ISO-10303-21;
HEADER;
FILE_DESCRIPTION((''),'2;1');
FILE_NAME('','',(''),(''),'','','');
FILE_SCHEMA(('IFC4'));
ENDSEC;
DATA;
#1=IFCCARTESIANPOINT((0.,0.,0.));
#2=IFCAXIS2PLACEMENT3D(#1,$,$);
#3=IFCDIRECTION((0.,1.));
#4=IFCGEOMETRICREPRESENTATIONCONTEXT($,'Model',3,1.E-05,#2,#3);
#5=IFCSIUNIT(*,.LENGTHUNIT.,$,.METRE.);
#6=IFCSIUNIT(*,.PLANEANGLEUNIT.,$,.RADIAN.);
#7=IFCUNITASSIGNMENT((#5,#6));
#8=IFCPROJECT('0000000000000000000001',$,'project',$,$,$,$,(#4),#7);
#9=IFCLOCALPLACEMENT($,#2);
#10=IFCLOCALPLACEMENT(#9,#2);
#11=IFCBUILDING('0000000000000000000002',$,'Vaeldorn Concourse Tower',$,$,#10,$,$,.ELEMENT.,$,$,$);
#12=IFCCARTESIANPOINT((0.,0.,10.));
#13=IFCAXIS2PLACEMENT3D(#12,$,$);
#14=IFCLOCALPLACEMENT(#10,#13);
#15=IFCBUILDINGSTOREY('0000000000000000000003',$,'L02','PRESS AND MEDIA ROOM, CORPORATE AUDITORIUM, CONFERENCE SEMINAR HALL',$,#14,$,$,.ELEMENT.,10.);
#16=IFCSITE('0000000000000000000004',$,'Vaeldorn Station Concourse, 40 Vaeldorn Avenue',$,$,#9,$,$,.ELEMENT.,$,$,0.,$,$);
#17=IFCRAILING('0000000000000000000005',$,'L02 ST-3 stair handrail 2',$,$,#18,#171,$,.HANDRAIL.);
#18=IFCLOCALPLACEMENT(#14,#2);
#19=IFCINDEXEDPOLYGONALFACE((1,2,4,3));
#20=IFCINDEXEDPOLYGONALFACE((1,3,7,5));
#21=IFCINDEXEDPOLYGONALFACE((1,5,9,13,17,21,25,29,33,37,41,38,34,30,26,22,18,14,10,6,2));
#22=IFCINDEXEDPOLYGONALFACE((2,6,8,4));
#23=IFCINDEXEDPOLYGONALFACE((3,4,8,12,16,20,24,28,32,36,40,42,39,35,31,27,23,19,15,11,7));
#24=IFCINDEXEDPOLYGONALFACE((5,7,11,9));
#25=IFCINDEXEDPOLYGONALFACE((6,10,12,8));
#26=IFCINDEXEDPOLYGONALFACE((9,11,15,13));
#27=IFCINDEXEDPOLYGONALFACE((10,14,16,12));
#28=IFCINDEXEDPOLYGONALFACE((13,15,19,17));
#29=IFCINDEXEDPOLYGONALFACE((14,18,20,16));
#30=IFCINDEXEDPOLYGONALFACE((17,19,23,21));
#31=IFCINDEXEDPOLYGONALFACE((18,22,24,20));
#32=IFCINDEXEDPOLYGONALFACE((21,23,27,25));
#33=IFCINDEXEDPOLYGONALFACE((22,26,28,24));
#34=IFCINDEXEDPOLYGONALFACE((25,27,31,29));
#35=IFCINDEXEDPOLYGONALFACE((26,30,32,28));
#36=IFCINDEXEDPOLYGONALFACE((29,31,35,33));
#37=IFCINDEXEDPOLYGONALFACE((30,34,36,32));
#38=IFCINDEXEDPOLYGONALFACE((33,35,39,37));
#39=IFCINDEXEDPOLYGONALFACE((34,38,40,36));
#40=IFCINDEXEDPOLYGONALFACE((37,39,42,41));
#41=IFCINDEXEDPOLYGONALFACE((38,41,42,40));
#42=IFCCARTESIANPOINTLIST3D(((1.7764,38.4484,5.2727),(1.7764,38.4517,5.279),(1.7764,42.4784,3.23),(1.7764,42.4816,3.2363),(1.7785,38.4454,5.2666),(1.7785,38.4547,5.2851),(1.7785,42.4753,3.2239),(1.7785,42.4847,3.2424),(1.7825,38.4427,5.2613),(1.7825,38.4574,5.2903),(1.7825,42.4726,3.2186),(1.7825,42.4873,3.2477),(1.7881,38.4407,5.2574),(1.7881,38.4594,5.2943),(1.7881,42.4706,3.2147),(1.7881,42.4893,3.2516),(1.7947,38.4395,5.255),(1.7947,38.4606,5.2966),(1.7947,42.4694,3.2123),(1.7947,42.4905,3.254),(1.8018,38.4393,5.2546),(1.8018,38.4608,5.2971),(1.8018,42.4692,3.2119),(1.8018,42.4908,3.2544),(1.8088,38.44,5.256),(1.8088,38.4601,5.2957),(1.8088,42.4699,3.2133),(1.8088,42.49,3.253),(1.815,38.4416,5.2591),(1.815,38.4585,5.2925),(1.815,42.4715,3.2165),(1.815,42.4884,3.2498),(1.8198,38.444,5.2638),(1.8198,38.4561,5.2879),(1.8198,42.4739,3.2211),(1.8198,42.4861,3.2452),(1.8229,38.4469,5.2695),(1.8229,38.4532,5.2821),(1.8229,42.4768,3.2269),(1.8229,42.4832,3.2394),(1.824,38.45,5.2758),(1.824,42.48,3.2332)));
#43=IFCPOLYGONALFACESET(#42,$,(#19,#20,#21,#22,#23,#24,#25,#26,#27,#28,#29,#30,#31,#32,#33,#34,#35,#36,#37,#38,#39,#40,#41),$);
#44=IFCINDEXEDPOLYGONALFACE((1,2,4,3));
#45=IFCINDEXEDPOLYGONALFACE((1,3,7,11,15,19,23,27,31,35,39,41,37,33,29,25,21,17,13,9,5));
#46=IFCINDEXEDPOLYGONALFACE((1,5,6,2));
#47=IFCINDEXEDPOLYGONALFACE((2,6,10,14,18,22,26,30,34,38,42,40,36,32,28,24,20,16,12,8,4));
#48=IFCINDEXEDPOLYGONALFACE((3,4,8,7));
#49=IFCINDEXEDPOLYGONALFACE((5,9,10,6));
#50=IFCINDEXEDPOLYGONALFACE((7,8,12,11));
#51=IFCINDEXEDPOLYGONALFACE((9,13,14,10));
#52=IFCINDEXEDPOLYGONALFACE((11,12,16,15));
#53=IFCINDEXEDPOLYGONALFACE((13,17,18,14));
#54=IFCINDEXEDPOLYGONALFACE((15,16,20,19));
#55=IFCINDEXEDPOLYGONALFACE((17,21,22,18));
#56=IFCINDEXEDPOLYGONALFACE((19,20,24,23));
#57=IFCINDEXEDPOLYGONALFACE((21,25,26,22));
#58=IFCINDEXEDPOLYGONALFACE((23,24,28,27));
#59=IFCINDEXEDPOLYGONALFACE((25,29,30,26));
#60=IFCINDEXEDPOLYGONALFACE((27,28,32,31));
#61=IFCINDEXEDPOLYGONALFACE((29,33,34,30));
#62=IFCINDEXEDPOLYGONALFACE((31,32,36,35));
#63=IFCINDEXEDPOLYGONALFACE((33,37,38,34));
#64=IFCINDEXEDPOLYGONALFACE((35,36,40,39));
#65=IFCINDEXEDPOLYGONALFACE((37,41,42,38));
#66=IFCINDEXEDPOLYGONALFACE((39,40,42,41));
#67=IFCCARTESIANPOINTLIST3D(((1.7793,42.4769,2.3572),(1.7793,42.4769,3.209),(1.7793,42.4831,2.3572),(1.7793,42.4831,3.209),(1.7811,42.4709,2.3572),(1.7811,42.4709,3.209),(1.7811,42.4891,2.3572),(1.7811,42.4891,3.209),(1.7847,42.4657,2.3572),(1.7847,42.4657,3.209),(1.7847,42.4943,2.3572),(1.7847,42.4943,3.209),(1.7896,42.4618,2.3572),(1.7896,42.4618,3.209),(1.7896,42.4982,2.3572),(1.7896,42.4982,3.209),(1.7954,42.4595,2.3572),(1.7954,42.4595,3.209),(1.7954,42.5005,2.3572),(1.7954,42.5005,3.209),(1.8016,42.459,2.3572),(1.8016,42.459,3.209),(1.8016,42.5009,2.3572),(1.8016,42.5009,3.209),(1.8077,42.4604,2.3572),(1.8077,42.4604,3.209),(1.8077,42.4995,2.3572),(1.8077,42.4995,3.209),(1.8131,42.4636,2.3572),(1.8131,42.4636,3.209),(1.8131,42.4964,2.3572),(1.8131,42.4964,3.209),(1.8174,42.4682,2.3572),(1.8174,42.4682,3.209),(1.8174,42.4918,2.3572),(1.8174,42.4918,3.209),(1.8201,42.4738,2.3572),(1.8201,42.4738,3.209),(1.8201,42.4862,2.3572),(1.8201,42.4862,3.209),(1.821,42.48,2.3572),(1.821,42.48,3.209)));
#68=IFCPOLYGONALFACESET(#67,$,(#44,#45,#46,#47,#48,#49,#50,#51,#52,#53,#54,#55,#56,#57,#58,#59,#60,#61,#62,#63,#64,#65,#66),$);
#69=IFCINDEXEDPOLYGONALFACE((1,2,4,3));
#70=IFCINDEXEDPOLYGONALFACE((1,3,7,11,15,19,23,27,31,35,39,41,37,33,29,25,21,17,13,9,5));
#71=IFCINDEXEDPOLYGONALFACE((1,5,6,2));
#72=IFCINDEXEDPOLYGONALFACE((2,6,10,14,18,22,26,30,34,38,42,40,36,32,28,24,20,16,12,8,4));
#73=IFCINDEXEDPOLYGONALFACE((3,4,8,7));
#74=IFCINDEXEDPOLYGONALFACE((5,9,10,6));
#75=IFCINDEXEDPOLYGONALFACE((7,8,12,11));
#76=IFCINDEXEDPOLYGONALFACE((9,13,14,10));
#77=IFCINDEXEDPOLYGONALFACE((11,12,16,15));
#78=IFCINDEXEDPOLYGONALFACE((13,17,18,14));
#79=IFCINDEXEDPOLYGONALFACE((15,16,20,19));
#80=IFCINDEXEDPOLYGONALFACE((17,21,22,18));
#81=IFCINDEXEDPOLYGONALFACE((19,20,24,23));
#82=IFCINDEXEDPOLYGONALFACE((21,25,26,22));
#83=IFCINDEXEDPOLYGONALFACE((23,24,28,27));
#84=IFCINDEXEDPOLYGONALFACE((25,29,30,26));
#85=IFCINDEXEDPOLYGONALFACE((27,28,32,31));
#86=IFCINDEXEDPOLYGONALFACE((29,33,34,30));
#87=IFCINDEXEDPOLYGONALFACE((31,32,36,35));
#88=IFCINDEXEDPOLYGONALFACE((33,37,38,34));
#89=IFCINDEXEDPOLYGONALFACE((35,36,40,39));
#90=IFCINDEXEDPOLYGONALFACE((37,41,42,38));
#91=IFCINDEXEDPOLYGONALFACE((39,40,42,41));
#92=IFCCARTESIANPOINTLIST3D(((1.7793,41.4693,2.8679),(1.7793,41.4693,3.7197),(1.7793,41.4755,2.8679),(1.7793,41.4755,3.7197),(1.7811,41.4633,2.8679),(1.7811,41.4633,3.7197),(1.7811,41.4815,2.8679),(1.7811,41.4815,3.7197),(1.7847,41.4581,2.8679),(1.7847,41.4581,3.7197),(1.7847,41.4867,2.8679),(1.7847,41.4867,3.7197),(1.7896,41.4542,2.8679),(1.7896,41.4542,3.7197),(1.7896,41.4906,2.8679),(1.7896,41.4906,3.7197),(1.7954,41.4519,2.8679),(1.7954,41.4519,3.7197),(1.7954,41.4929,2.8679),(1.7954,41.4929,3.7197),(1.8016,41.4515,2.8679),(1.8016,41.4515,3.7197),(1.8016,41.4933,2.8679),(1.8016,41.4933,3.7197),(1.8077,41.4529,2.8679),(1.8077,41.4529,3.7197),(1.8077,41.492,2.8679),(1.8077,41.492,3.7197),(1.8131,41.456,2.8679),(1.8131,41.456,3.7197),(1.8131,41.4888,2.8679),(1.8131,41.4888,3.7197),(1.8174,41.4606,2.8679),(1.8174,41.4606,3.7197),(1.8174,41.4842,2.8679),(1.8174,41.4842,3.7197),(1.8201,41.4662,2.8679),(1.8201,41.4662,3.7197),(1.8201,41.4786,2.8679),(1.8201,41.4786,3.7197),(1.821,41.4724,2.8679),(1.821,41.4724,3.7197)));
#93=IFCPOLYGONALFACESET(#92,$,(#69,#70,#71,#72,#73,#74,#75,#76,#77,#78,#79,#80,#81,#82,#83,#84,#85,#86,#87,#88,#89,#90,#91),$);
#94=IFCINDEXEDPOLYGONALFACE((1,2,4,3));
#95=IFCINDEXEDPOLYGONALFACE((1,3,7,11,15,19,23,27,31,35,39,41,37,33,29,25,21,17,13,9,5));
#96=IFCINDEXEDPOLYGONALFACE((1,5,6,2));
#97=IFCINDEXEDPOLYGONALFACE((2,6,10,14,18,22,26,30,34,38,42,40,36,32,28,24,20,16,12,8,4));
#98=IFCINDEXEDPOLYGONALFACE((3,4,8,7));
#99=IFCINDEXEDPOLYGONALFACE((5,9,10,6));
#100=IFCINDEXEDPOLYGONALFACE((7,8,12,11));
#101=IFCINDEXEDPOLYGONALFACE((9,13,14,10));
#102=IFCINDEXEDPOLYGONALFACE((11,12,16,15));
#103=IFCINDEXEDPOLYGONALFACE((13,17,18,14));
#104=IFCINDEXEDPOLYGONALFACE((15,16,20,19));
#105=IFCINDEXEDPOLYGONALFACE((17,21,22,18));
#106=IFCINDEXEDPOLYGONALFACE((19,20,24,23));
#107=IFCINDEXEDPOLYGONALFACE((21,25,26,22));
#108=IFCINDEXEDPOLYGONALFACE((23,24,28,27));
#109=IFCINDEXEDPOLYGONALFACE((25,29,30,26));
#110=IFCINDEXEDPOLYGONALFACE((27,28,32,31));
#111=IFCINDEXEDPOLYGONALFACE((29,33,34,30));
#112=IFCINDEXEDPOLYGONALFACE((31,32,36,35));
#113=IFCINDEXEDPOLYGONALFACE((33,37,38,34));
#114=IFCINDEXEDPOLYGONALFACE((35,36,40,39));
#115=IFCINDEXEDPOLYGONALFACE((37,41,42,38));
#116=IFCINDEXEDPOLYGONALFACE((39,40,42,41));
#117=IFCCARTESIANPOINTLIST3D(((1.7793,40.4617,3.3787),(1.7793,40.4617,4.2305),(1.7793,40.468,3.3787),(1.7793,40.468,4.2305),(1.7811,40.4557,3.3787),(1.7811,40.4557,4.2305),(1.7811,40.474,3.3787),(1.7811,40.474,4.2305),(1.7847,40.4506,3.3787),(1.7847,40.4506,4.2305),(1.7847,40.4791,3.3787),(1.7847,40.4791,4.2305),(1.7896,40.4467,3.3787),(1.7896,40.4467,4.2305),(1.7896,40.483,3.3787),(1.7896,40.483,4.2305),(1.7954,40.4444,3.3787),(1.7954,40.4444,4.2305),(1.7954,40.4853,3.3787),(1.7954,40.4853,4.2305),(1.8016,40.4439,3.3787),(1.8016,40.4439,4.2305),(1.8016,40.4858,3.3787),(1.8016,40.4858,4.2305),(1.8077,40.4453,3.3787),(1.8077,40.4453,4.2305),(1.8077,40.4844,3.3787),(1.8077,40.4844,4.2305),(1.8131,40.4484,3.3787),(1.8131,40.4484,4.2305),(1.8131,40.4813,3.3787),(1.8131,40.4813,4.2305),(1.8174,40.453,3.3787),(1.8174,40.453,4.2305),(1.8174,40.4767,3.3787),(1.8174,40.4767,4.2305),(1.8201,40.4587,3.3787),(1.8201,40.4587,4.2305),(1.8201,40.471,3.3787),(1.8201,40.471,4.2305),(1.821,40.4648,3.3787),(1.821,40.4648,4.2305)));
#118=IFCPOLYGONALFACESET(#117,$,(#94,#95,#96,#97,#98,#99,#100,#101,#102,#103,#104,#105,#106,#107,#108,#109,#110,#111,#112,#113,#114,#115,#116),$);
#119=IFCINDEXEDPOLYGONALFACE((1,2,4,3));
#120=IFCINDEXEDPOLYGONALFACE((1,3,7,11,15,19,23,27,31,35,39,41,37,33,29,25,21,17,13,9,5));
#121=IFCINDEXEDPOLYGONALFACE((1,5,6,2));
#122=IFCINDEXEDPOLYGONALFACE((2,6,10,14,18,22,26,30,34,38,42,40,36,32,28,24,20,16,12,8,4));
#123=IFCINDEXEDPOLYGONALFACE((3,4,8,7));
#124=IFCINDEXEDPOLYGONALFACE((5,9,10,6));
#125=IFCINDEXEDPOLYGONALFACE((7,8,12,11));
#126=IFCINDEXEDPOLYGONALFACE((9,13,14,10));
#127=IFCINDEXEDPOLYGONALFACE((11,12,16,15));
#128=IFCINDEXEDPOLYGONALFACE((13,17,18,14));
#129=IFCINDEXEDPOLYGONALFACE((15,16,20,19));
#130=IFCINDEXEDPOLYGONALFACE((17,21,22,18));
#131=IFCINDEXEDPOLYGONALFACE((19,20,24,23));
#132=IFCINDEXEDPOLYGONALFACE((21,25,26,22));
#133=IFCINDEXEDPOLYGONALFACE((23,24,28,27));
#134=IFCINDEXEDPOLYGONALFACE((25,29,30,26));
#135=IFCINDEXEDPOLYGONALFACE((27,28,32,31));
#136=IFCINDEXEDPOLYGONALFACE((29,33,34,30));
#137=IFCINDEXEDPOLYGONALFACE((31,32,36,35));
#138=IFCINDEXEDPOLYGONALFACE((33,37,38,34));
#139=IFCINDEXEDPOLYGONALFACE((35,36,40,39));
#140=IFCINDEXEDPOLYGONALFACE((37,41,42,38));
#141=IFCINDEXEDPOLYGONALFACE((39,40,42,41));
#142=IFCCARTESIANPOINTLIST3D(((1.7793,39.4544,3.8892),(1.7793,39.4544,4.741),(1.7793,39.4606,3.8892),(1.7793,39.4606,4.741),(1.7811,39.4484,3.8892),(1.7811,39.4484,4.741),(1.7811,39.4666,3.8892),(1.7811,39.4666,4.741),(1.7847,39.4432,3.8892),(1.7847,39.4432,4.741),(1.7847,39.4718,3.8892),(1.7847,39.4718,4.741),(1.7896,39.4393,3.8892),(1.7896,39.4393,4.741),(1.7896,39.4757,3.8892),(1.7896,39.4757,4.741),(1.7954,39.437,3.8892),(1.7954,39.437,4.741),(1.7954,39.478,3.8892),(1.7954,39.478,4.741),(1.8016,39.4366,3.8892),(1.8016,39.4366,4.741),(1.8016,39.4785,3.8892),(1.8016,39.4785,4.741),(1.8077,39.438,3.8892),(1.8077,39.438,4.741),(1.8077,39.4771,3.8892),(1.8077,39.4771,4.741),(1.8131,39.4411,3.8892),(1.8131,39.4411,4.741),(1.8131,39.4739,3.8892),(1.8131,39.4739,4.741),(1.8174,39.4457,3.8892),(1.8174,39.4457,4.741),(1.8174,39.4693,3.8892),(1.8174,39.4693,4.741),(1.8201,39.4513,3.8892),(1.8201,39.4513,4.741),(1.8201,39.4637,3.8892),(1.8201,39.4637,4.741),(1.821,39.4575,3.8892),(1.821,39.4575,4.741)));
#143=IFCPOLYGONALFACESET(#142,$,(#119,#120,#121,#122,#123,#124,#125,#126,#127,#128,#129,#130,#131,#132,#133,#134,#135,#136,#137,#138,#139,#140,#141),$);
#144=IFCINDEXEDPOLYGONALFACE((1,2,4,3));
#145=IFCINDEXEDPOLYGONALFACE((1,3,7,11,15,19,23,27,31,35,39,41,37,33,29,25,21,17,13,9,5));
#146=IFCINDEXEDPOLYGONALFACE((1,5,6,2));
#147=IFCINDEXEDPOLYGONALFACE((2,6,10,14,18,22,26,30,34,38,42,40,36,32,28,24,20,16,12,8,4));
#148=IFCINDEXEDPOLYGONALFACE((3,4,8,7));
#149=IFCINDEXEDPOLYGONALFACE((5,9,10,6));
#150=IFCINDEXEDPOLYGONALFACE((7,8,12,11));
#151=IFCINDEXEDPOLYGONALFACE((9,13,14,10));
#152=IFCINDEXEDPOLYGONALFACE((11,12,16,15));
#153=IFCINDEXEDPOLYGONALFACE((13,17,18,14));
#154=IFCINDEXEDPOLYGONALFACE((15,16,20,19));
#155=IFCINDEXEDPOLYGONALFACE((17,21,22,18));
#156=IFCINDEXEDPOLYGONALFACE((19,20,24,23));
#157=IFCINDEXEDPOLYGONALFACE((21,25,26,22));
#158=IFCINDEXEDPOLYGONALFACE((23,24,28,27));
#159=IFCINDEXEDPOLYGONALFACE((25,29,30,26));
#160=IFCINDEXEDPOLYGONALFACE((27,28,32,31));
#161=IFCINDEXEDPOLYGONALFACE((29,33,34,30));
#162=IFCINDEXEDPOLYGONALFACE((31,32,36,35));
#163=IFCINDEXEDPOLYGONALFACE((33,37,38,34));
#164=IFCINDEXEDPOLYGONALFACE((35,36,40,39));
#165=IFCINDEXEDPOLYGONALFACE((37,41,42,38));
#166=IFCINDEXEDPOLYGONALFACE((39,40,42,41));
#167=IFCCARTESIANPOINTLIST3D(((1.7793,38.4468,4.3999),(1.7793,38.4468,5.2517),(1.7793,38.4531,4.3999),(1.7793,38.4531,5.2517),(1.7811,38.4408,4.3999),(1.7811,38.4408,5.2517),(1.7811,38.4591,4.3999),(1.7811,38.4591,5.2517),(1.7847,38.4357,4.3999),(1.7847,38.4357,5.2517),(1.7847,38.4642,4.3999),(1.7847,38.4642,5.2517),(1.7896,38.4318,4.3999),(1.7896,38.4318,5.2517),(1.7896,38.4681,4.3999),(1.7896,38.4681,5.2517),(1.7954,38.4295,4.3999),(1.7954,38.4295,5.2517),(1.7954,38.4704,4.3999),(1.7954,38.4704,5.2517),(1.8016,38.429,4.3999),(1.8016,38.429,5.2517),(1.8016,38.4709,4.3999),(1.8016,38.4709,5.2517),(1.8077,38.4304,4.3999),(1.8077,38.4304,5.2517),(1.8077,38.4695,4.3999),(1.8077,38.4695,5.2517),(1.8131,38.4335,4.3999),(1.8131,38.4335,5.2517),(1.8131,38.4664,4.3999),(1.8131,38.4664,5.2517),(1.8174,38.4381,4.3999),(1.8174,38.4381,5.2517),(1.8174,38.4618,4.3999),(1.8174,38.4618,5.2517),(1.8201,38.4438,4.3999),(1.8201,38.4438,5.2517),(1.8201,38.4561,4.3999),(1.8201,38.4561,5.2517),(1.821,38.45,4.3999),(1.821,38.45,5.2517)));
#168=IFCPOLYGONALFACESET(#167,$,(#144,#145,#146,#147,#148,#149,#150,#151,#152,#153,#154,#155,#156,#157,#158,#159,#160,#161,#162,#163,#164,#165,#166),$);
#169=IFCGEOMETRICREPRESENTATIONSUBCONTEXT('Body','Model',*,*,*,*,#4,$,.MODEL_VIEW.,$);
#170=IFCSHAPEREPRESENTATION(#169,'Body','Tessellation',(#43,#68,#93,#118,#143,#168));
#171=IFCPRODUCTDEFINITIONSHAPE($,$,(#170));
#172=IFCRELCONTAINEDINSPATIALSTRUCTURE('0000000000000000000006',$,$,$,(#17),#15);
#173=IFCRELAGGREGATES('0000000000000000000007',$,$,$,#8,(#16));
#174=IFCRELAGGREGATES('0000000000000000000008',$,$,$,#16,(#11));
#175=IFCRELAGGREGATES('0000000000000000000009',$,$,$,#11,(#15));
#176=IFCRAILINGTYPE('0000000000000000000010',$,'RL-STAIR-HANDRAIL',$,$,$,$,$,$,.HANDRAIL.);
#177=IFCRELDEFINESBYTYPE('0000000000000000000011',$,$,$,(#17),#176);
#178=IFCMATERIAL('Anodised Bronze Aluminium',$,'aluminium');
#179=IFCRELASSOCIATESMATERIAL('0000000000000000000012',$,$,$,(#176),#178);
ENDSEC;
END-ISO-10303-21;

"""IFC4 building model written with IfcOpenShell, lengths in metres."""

from ifc_helpers import new_model, si_unit, direction, frame, origin, origin_2d, place, context, subcontext, project, spatial, circle, extrude, material, type_object, element, save


model = new_model("IFC4")

# Units and contexts
model_context = context("Model", 3, precision=1e-05, world=origin(), true_north=direction((0.0, 1.0)))
body_context = subcontext(model_context, "Body", "Model", "MODEL_VIEW")
ifc_project = project(units=[si_unit("LENGTHUNIT", "METRE"), si_unit("PLANEANGLEUNIT", "RADIAN")], contexts=[model_context])

# Site, building, storey
site_placement = place(None, origin())
site = spatial("IfcSite", under=ifc_project, at=site_placement, Name="Vaeldorn Station Concourse, 40 Vaeldorn Avenue", CompositionType="ELEMENT", RefElevation=0.0)
building_placement = place(site_placement, origin())
building = spatial("IfcBuilding", under=site, at=building_placement, Name="Vaeldorn Concourse Tower", CompositionType="ELEMENT")
storey_placement = place(building_placement, frame((0.0, 0.0, 10.0)))
storey = spatial("IfcBuildingStorey", under=building, at=storey_placement, Name="L02", Description="PRESS AND MEDIA ROOM, CORPORATE AUDITORIUM, CONFERENCE SEMINAR HALL", CompositionType="ELEMENT", Elevation=10.0)

# Shared definitions
ifc_material_1 = material(Name="Anodised Bronze Aluminium", Category="aluminium")

# Railing
railing_type_1 = type_object("IfcRailingType", Name="RL-STAIR-HANDRAIL", PredefinedType="HANDRAIL", material=ifc_material_1)
railing_1_placement = place(storey_placement, frame((1.8, 42.48, 2.3572)))
element("IfcRailing", 1, at=railing_1_placement, inside=storey, type_object=railing_type_1, Name="L02 ST-3 stair handrail 2", PredefinedType="HANDRAIL", context=body_context, shape_type="SweptSolid", body=[
    extrude(circle(Radius=0.0239, at=origin_2d()), frame((0.0, 0.0, 0.876), z_axis=(0.0, -0.891961, 0.452113), x_axis=(1.0, 0.0, 0.0)), (0.0, 0.0, 1.0), 4.5181),
    extrude(circle(Radius=0.021, at=origin_2d()), origin(), (0.0, 0.0, 1.0), 0.8518),
    extrude(circle(Radius=0.021, at=origin_2d()), frame((0.0, -1.0076, 0.5107)), (0.0, 0.0, 1.0), 0.8518),
    extrude(circle(Radius=0.021, at=origin_2d()), frame((0.0, -2.0151, 1.0215)), (0.0, 0.0, 1.0), 0.8518),
    extrude(circle(Radius=0.021, at=origin_2d()), frame((0.0, -3.0225, 1.532)), (0.0, 0.0, 1.0), 0.8518),
    extrude(circle(Radius=0.021, at=origin_2d()), frame((0.0, -4.03, 2.0427)), (0.0, 0.0, 1.0), 0.8518),
])

save(model, "model.ifc")
